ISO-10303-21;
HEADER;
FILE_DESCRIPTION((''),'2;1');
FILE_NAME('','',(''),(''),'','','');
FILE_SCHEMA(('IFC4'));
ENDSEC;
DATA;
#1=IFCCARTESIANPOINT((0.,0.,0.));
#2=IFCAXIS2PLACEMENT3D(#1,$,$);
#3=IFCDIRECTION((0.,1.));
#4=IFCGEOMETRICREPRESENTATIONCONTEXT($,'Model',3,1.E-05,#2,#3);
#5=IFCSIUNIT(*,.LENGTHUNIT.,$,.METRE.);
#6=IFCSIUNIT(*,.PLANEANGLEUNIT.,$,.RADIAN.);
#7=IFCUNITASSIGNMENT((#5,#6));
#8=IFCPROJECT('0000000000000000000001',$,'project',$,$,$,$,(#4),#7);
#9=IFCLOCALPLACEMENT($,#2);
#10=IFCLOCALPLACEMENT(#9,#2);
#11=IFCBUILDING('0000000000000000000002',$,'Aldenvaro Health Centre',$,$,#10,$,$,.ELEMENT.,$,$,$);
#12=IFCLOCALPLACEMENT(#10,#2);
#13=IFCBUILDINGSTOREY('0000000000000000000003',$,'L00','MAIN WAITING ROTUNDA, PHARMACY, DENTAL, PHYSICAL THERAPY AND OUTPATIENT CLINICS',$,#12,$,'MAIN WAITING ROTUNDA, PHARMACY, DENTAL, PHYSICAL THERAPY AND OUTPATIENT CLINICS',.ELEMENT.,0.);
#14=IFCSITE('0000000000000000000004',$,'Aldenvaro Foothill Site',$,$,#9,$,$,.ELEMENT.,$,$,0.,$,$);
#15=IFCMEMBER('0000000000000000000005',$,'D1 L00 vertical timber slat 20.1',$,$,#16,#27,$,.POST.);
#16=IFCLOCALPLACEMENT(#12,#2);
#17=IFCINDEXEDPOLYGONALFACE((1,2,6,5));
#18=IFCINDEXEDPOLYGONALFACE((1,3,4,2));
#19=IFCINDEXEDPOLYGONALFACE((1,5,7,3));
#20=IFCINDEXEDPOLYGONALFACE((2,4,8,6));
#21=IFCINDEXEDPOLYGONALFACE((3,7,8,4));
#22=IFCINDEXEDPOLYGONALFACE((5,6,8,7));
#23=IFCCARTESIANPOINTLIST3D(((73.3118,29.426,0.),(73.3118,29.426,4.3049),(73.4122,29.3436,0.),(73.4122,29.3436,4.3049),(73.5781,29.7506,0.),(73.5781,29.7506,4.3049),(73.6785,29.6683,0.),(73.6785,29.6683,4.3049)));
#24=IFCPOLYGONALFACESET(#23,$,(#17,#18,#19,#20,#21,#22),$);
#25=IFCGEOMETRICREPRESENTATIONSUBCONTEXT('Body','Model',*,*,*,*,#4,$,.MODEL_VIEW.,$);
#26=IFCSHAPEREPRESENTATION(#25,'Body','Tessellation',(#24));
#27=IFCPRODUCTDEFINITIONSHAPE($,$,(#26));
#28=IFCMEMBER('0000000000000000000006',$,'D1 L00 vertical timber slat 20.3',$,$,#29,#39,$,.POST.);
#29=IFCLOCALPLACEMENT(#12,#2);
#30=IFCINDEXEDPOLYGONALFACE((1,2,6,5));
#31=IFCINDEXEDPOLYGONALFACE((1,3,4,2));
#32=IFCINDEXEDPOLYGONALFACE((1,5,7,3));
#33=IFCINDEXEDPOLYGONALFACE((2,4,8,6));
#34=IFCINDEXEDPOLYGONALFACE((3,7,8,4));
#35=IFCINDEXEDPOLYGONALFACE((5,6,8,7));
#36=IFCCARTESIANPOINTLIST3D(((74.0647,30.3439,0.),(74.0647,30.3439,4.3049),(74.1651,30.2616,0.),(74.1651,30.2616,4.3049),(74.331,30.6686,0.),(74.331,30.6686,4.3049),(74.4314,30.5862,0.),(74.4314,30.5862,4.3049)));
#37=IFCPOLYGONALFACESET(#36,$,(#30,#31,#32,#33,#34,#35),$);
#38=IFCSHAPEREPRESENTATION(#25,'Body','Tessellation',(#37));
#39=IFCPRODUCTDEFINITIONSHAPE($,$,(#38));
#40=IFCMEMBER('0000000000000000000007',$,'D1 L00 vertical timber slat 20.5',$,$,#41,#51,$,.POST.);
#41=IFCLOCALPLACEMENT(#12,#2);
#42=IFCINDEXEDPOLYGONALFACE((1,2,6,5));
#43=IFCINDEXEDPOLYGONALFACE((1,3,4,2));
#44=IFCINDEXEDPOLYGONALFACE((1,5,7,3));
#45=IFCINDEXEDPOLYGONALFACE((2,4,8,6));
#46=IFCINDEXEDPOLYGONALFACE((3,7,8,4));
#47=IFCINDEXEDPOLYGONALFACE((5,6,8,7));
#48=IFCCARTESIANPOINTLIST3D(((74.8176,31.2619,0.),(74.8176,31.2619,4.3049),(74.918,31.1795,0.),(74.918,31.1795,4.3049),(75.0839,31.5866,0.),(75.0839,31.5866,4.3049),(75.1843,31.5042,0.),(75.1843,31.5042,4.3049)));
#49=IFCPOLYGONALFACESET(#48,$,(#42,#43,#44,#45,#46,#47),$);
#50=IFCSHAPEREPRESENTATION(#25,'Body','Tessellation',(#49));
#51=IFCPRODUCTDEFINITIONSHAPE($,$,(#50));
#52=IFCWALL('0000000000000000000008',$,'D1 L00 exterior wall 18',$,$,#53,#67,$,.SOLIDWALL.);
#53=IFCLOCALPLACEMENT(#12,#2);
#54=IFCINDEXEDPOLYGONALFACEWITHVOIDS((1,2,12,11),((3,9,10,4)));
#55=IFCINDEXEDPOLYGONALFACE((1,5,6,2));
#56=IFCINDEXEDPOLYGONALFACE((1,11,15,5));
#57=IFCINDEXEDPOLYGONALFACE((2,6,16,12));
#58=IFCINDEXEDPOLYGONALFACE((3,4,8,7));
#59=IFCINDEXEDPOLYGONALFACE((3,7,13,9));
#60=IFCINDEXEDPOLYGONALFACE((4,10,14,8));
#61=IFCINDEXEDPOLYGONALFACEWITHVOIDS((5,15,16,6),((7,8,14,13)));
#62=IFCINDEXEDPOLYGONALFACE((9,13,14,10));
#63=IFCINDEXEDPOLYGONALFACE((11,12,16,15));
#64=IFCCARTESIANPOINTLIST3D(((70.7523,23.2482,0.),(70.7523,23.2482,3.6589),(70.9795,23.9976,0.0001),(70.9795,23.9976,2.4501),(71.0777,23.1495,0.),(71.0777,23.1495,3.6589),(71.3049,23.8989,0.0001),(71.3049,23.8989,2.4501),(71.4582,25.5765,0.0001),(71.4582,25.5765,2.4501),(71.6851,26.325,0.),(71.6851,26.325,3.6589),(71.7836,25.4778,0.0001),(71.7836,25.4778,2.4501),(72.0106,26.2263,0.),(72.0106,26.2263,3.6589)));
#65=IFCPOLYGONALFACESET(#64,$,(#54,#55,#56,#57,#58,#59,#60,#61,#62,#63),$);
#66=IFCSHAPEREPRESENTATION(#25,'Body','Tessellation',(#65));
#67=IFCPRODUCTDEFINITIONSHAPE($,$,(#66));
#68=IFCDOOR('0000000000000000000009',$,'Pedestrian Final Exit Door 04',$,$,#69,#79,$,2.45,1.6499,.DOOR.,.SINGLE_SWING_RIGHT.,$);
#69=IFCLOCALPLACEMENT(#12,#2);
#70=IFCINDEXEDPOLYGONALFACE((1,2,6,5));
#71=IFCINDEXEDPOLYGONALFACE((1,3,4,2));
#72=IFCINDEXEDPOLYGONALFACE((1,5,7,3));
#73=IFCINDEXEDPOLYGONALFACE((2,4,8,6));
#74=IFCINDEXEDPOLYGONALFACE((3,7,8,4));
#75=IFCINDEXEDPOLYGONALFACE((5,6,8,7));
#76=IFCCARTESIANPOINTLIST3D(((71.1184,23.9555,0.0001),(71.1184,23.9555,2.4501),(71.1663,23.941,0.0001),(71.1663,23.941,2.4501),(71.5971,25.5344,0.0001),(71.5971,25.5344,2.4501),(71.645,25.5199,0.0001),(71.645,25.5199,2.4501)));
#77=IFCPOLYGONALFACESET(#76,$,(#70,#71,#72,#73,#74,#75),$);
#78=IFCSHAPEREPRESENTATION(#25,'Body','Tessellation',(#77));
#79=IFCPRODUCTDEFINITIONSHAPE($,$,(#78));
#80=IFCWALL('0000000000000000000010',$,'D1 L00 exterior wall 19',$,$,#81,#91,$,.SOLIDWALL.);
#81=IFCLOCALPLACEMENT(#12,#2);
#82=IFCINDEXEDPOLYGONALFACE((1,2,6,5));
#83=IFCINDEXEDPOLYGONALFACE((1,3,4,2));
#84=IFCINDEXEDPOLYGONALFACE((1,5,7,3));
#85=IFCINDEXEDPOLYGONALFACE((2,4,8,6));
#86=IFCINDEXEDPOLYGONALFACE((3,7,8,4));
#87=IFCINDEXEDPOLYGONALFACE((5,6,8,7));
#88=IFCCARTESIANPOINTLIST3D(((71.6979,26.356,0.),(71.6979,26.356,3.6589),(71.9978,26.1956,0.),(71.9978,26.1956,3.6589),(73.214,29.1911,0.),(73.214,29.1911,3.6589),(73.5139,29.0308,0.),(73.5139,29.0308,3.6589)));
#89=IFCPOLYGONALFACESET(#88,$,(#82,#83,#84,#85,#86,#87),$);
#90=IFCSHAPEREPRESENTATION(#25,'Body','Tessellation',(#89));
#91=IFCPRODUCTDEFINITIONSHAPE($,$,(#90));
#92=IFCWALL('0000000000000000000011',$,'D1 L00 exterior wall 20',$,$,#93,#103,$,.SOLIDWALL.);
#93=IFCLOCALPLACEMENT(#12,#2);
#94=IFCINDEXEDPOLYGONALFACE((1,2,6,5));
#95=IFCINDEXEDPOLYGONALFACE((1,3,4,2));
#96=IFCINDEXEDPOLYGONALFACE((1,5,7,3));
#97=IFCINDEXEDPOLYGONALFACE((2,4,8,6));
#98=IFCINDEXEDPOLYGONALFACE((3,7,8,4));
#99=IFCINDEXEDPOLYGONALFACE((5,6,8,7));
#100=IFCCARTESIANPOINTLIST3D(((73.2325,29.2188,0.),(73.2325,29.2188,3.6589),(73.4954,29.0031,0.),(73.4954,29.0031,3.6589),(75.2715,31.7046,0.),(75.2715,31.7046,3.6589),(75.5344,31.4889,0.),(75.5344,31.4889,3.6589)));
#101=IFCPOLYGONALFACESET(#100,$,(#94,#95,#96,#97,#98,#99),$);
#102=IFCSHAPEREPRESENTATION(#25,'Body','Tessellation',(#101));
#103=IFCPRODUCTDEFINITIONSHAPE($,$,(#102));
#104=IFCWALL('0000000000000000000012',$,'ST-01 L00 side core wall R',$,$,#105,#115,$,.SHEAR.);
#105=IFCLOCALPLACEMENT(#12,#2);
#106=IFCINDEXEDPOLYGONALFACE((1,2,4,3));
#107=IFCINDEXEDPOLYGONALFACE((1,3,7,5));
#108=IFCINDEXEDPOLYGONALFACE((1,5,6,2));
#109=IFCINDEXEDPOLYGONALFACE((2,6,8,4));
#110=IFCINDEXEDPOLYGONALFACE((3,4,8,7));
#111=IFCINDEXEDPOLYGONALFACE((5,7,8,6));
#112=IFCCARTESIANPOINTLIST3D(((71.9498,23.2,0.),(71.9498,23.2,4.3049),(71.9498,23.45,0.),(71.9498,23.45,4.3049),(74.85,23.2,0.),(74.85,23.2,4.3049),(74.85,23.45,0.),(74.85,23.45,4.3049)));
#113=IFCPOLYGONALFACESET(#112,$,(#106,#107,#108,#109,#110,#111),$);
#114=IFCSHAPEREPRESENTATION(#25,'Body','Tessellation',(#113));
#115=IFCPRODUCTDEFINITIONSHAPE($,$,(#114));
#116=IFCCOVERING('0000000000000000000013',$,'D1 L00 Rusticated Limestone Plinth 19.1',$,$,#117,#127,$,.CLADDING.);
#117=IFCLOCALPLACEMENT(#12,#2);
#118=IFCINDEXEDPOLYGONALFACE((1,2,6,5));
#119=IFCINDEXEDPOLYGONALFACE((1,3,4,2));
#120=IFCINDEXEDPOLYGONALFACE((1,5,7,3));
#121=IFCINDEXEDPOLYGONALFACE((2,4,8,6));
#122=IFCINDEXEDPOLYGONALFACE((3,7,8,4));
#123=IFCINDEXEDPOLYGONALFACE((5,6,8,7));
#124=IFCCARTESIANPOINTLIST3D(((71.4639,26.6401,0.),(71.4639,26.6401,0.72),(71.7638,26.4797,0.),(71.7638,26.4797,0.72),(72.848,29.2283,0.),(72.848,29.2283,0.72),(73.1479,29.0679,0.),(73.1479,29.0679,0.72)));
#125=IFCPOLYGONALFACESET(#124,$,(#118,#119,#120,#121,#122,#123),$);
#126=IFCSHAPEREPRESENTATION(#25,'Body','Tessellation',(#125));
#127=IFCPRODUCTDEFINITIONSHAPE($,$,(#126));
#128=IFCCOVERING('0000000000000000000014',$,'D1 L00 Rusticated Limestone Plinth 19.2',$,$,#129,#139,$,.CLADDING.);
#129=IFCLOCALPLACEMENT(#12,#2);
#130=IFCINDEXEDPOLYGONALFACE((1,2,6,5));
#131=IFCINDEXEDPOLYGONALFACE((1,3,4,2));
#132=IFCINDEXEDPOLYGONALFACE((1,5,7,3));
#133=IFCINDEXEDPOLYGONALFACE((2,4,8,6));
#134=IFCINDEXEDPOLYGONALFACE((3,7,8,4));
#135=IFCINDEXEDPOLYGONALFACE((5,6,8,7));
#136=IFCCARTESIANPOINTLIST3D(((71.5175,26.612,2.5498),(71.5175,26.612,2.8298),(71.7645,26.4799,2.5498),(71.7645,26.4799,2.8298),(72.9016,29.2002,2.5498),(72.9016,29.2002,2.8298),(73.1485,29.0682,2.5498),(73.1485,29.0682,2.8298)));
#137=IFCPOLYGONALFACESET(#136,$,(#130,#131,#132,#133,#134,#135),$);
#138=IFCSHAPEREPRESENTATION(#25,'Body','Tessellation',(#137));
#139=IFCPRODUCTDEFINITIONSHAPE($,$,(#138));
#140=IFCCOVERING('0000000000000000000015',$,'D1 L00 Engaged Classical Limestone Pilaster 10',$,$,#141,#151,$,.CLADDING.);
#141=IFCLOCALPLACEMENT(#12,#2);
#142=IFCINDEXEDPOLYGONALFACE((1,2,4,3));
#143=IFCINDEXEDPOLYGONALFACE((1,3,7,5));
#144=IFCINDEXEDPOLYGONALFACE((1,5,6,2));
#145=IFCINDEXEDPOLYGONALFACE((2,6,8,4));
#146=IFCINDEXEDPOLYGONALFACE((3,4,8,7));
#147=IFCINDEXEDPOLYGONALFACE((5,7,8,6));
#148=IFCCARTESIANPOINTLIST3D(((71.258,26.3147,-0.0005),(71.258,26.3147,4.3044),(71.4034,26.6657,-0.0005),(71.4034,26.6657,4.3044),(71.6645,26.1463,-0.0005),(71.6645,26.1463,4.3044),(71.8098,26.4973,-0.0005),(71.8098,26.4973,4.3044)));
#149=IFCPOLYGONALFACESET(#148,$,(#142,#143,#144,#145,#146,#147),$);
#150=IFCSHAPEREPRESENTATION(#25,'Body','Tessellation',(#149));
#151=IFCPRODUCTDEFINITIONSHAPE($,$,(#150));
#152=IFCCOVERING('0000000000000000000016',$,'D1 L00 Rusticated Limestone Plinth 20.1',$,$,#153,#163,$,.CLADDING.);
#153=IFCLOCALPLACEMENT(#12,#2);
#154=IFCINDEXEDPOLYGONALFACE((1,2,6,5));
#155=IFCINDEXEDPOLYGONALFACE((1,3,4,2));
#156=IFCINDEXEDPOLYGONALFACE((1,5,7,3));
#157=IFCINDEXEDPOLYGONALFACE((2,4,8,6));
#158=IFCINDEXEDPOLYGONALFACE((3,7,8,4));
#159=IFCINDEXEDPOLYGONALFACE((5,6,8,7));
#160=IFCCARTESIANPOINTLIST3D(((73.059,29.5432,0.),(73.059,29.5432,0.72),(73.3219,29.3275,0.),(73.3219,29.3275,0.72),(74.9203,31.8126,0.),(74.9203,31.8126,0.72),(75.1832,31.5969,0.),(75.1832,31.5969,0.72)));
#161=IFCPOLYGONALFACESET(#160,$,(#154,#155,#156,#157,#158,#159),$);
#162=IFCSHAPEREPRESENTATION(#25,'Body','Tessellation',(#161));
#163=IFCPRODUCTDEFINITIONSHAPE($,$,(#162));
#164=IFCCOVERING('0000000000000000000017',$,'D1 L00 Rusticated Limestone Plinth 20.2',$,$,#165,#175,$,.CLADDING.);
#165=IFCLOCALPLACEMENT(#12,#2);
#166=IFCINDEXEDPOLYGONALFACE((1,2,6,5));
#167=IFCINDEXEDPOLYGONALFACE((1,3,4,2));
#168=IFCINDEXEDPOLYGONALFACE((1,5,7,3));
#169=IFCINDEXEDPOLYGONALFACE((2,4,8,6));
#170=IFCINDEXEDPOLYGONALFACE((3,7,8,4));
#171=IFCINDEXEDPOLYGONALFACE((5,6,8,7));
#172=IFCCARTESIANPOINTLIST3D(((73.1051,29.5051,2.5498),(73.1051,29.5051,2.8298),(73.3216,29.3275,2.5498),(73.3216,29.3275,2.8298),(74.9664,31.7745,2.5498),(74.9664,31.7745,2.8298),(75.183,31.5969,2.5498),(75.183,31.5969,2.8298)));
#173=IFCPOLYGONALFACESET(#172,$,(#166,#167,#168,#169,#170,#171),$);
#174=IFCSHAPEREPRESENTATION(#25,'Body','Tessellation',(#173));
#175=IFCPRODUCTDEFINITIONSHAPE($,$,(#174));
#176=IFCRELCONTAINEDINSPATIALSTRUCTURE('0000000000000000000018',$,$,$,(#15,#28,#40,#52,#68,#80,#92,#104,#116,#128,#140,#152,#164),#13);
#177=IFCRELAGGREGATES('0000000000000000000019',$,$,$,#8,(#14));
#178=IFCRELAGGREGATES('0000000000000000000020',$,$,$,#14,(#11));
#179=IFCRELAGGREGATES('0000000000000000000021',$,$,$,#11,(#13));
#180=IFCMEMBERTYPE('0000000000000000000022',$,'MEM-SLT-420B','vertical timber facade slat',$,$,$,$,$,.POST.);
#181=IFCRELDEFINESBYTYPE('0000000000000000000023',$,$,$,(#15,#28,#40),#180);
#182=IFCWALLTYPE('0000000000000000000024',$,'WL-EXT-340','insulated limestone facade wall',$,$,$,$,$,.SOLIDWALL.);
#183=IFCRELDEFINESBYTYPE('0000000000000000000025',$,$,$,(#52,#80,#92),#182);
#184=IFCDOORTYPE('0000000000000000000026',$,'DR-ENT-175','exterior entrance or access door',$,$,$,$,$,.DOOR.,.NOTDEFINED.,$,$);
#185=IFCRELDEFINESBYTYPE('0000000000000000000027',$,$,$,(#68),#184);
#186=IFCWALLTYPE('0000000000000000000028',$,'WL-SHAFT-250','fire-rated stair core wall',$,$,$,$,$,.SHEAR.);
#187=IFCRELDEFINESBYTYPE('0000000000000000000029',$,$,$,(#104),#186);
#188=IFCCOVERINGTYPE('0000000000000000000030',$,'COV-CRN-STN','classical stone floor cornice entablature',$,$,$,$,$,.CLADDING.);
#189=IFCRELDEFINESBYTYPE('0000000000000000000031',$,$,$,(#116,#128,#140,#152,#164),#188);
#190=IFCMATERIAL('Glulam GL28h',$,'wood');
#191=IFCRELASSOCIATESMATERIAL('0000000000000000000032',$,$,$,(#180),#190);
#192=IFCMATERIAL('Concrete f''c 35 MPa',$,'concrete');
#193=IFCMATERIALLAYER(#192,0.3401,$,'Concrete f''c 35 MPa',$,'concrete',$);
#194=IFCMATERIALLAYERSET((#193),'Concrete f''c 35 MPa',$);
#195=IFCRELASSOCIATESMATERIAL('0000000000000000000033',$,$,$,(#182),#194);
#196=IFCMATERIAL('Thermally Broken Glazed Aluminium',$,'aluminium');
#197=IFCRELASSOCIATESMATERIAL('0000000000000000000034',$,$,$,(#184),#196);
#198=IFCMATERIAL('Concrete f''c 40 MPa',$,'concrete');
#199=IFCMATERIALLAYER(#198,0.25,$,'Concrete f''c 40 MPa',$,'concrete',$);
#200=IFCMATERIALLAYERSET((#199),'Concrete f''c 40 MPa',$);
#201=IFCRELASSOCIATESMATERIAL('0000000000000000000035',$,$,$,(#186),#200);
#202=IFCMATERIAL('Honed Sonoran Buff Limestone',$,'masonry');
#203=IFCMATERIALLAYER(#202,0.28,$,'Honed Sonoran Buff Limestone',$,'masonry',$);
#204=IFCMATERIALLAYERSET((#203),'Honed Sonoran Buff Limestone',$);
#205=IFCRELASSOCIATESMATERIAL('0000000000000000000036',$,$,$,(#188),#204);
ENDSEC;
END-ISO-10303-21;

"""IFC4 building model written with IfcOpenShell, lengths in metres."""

from ifc_helpers import new_model, si_unit, direction, frame, frame_2d, origin, origin_2d, place, context, subcontext, project, spatial, rectangle, extrude, material, layer, layer_set, material_profile, profile_set, type_object, element, fill, save


model = new_model("IFC4")

# Units and contexts
model_context = context("Model", 3, precision=1e-05, world=origin(), true_north=direction((0.0, 1.0)))
body_context = subcontext(model_context, "Body", "Model", "MODEL_VIEW")
ifc_project = project(units=[si_unit("LENGTHUNIT", "METRE"), si_unit("PLANEANGLEUNIT", "RADIAN")], contexts=[model_context])

# Site, building, storey
site_placement = place(None, origin())
site = spatial("IfcSite", under=ifc_project, at=site_placement, Name="Aldenvaro Foothill Site", CompositionType="ELEMENT", RefElevation=0.0)
building_placement = place(site_placement, origin())
building = spatial("IfcBuilding", under=site, at=building_placement, Name="Aldenvaro Health Centre", CompositionType="ELEMENT")
storey_placement = place(building_placement, origin())
storey = spatial("IfcBuildingStorey", under=building, at=storey_placement, Name="L00", Description="MAIN WAITING ROTUNDA, PHARMACY, DENTAL, PHYSICAL THERAPY AND OUTPATIENT CLINICS", LongName="MAIN WAITING ROTUNDA, PHARMACY, DENTAL, PHYSICAL THERAPY AND OUTPATIENT CLINICS", CompositionType="ELEMENT", Elevation=0.0)

# Shared definitions
ifc_material_1 = material(Name="Concrete f'c 40 MPa", Category="concrete")

# Shared definitions
ifc_material_2 = material(Name="Glulam GL28h", Category="wood")

# Members
ifc_material_profile_1 = material_profile(ifc_material_2, rectangle(XDim=0.1299, YDim=0.4199, at=origin_2d()), Name="GL 130x420", Category="wood")
ifc_profile_set_1 = profile_set([ifc_material_profile_1], Name="Glulam GL28h")
member_type_1 = type_object("IfcMemberType", Name="MEM-SLT-420B", Description="vertical timber facade slat", PredefinedType="POST", material=ifc_profile_set_1)
for number, where, z_axis, x_axis, name in (
    (1, (73.4951, 29.5471, 0.0), (0.0, 0.0, 1.0), (-0.773195, 0.634169, 0.0), "D1 L00 vertical timber slat 20.1"),
    (2, (74.248, 30.4651, 0.0), (0.0, 0.0, 1.0), (-0.773195, 0.634169, 0.0), "D1 L00 vertical timber slat 20.3"),
    (3, (75.001, 31.3831, 0.0), (0.0, 0.0, 1.0), (-0.773195, 0.634169, 0.0), "D1 L00 vertical timber slat 20.5"),
):
    element("IfcMember", number, at=place(storey_placement, frame(where, z_axis=z_axis, x_axis=x_axis)), inside=storey, type_object=member_type_1, Name=name, PredefinedType="POST", context=body_context, shape_type="SweptSolid", body=[
        extrude(rectangle(XDim=0.1299, YDim=0.4199, at=origin_2d()), origin(), (0.0, 0.0, 1.0), 4.3049),
    ])

# Wall, opening, door
ifc_material_3 = material(Name="Concrete f'c 35 MPa", Category="concrete")
ifc_layer_1 = layer(ifc_material_3, 0.3401, Name="Concrete f'c 35 MPa", Category="concrete")
ifc_layer_set_1 = layer_set([ifc_layer_1], Name="Concrete f'c 35 MPa")
wall_type_1 = type_object("IfcWallType", Name="WL-EXT-340", Description="insulated limestone facade wall", PredefinedType="SOLIDWALL", material=ifc_layer_set_1)
wall_1_placement = place(storey_placement, frame((70.915, 23.199, 0.0), z_axis=(0.0, 0.0, 1.0), x_axis=(0.29014, 0.956984, 0.0)))
wall_1 = element("IfcWall", 4, at=wall_1_placement, inside=storey, type_object=wall_type_1, Name="D1 L00 exterior wall 18", PredefinedType="SOLIDWALL", context=body_context, shape_type="SweptSolid", body=[
    extrude(rectangle(XDim=3.2151, YDim=0.3401, at=frame_2d((1.6074, 0.0))), origin(), (0.0, 0.0, 1.0), 3.6589),
])
opening_placement = place(wall_1_placement, frame((0.783, 0.0, 0.0)))
opening = element("IfcOpeningElement", 5, at=opening_placement, cuts=wall_1, PredefinedType="OPENING", context=body_context, shape_type="SweptSolid", body=[
    extrude(rectangle(XDim=1.6499, YDim=2.45, at=frame_2d((0.825, 1.2251))), frame((0.0, 0.1802, 0.0), z_axis=(0.0, -1.0, 0.0), x_axis=(1.0, 0.0, 0.0)), (0.0, 0.0, 1.0), 0.3601),
])
ifc_material_4 = material(Name="Thermally Broken Glazed Aluminium", Category="aluminium")
door_type = type_object("IfcDoorType", Name="DR-ENT-175", Description="exterior entrance or access door", OperationType="NOTDEFINED", PredefinedType="DOOR", material=ifc_material_4)
door_placement = place(opening_placement, origin())
door = element("IfcDoor", 6, at=door_placement, inside=storey, type_object=door_type, Name="Pedestrian Final Exit Door 04", OperationType="SINGLE_SWING_RIGHT", OverallHeight=2.45, OverallWidth=1.6499, PredefinedType="DOOR", context=body_context, shape_type="SweptSolid", body=[
    extrude(rectangle(XDim=1.6499, YDim=2.45, at=frame_2d((0.825, 1.2251))), frame((0.0, 0.0249, 0.0), z_axis=(0.0, -1.0, 0.0), x_axis=(1.0, 0.0, 0.0)), (0.0, 0.0, 1.0), 0.05),
])
fill(opening, door)

# Walls
for number, where, z_axis, x_axis, name in (
    (7, (71.8479, 26.2759, 0.0), (0.0, 0.0, 1.0), (0.471558, 0.881835, 0.0), "D1 L00 exterior wall 19"),
    (8, (73.364, 29.1111, 0.0), (0.0, 0.0, 1.0), (0.634205, 0.773165, 0.0), "D1 L00 exterior wall 20"),
):
    element("IfcWall", number, at=place(storey_placement, frame(where, z_axis=z_axis, x_axis=x_axis)), inside=storey, type_object=wall_type_1, Name=name, PredefinedType="SOLIDWALL", context=body_context, shape_type="SweptSolid", body=[
        extrude(rectangle(XDim=3.2151, YDim=0.3401, at=frame_2d((1.6074, 0.0))), origin(), (0.0, 0.0, 1.0), 3.6589),
    ])
ifc_layer_2 = layer(ifc_material_1, 0.25, Name="Concrete f'c 40 MPa", Category="concrete")
ifc_layer_set_2 = layer_set([ifc_layer_2], Name="Concrete f'c 40 MPa")
wall_type_2 = type_object("IfcWallType", Name="WL-SHAFT-250", Description="fire-rated stair core wall", PredefinedType="SHEAR", material=ifc_layer_set_2)
wall_2_placement = place(storey_placement, frame((74.8501, 23.325, 0.0), z_axis=(0.0, 0.0, 1.0), x_axis=(-1.0, 0.0, 0.0)))
element("IfcWall", 9, at=wall_2_placement, inside=storey, type_object=wall_type_2, Name="ST-01 L00 side core wall R", PredefinedType="SHEAR", context=body_context, shape_type="SweptSolid", body=[
    extrude(rectangle(XDim=2.9001, YDim=0.25, at=frame_2d((1.4502, 0.0))), origin(), (0.0, 0.0, 1.0), 4.3049),
])

# Coverings
ifc_material_5 = material(Name="Honed Sonoran Buff Limestone", Category="masonry")
ifc_layer_3 = layer(ifc_material_5, 0.28, Name="Honed Sonoran Buff Limestone", Category="masonry")
ifc_layer_set_3 = layer_set([ifc_layer_3], Name="Honed Sonoran Buff Limestone")
covering_type = type_object("IfcCoveringType", Name="COV-CRN-STN", Description="classical stone floor cornice entablature", PredefinedType="CLADDING", material=ifc_layer_set_3)
covering_1_placement = place(storey_placement, frame((72.3059, 27.854, 0.0), z_axis=(0.0, 0.0, 1.0), x_axis=(0.471557, 0.881836, 0.0)))
element("IfcCovering", 10, at=covering_1_placement, inside=storey, type_object=covering_type, Name="D1 L00 Rusticated Limestone Plinth 19.1", PredefinedType="CLADDING", context=body_context, shape_type="SweptSolid", body=[
    extrude(rectangle(XDim=2.9351, YDim=0.3401, at=origin_2d()), origin(), (0.0, 0.0, 1.0), 0.72),
])
covering_2_placement = place(storey_placement, frame((72.333, 27.8401, 2.5498), z_axis=(0.0, 0.0, 1.0), x_axis=(0.471557, 0.881836, 0.0)))
element("IfcCovering", 11, at=covering_2_placement, inside=storey, type_object=covering_type, Name="D1 L00 Rusticated Limestone Plinth 19.2", PredefinedType="CLADDING", context=body_context, shape_type="SweptSolid", body=[
    extrude(rectangle(XDim=2.9351, YDim=0.28, at=origin_2d()), origin(), (0.0, 0.0, 1.0), 0.28),
])
covering_3_placement = place(storey_placement, frame((71.5339, 26.406, -0.0005), z_axis=(0.0, 0.0, 1.0), x_axis=(-0.923883, 0.382675, 0.0)))
element("IfcCovering", 12, at=covering_3_placement, inside=storey, type_object=covering_type, Name="D1 L00 Engaged Classical Limestone Pilaster 10", PredefinedType="CLADDING", context=body_context, shape_type="SweptSolid", body=[
    extrude(rectangle(XDim=0.4399, YDim=0.3799, at=origin_2d()), origin(), (0.0, 0.0, 1.0), 4.3049),
])
covering_4_placement = place(storey_placement, frame((74.1211, 30.5701, 0.0), z_axis=(0.0, 0.0, 1.0), x_axis=(0.634169, 0.773195, 0.0)))
element("IfcCovering", 13, at=covering_4_placement, inside=storey, type_object=covering_type, Name="D1 L00 Rusticated Limestone Plinth 20.1", PredefinedType="CLADDING", context=body_context, shape_type="SweptSolid", body=[
    extrude(rectangle(XDim=2.9351, YDim=0.3401, at=origin_2d()), origin(), (0.0, 0.0, 1.0), 0.72),
])
covering_5_placement = place(storey_placement, frame((74.144, 30.551, 2.5498), z_axis=(0.0, 0.0, 1.0), x_axis=(0.634169, 0.773195, 0.0)))
element("IfcCovering", 14, at=covering_5_placement, inside=storey, type_object=covering_type, Name="D1 L00 Rusticated Limestone Plinth 20.2", PredefinedType="CLADDING", context=body_context, shape_type="SweptSolid", body=[
    extrude(rectangle(XDim=2.9351, YDim=0.28, at=origin_2d()), origin(), (0.0, 0.0, 1.0), 0.28),
])

save(model, "model.ifc")
